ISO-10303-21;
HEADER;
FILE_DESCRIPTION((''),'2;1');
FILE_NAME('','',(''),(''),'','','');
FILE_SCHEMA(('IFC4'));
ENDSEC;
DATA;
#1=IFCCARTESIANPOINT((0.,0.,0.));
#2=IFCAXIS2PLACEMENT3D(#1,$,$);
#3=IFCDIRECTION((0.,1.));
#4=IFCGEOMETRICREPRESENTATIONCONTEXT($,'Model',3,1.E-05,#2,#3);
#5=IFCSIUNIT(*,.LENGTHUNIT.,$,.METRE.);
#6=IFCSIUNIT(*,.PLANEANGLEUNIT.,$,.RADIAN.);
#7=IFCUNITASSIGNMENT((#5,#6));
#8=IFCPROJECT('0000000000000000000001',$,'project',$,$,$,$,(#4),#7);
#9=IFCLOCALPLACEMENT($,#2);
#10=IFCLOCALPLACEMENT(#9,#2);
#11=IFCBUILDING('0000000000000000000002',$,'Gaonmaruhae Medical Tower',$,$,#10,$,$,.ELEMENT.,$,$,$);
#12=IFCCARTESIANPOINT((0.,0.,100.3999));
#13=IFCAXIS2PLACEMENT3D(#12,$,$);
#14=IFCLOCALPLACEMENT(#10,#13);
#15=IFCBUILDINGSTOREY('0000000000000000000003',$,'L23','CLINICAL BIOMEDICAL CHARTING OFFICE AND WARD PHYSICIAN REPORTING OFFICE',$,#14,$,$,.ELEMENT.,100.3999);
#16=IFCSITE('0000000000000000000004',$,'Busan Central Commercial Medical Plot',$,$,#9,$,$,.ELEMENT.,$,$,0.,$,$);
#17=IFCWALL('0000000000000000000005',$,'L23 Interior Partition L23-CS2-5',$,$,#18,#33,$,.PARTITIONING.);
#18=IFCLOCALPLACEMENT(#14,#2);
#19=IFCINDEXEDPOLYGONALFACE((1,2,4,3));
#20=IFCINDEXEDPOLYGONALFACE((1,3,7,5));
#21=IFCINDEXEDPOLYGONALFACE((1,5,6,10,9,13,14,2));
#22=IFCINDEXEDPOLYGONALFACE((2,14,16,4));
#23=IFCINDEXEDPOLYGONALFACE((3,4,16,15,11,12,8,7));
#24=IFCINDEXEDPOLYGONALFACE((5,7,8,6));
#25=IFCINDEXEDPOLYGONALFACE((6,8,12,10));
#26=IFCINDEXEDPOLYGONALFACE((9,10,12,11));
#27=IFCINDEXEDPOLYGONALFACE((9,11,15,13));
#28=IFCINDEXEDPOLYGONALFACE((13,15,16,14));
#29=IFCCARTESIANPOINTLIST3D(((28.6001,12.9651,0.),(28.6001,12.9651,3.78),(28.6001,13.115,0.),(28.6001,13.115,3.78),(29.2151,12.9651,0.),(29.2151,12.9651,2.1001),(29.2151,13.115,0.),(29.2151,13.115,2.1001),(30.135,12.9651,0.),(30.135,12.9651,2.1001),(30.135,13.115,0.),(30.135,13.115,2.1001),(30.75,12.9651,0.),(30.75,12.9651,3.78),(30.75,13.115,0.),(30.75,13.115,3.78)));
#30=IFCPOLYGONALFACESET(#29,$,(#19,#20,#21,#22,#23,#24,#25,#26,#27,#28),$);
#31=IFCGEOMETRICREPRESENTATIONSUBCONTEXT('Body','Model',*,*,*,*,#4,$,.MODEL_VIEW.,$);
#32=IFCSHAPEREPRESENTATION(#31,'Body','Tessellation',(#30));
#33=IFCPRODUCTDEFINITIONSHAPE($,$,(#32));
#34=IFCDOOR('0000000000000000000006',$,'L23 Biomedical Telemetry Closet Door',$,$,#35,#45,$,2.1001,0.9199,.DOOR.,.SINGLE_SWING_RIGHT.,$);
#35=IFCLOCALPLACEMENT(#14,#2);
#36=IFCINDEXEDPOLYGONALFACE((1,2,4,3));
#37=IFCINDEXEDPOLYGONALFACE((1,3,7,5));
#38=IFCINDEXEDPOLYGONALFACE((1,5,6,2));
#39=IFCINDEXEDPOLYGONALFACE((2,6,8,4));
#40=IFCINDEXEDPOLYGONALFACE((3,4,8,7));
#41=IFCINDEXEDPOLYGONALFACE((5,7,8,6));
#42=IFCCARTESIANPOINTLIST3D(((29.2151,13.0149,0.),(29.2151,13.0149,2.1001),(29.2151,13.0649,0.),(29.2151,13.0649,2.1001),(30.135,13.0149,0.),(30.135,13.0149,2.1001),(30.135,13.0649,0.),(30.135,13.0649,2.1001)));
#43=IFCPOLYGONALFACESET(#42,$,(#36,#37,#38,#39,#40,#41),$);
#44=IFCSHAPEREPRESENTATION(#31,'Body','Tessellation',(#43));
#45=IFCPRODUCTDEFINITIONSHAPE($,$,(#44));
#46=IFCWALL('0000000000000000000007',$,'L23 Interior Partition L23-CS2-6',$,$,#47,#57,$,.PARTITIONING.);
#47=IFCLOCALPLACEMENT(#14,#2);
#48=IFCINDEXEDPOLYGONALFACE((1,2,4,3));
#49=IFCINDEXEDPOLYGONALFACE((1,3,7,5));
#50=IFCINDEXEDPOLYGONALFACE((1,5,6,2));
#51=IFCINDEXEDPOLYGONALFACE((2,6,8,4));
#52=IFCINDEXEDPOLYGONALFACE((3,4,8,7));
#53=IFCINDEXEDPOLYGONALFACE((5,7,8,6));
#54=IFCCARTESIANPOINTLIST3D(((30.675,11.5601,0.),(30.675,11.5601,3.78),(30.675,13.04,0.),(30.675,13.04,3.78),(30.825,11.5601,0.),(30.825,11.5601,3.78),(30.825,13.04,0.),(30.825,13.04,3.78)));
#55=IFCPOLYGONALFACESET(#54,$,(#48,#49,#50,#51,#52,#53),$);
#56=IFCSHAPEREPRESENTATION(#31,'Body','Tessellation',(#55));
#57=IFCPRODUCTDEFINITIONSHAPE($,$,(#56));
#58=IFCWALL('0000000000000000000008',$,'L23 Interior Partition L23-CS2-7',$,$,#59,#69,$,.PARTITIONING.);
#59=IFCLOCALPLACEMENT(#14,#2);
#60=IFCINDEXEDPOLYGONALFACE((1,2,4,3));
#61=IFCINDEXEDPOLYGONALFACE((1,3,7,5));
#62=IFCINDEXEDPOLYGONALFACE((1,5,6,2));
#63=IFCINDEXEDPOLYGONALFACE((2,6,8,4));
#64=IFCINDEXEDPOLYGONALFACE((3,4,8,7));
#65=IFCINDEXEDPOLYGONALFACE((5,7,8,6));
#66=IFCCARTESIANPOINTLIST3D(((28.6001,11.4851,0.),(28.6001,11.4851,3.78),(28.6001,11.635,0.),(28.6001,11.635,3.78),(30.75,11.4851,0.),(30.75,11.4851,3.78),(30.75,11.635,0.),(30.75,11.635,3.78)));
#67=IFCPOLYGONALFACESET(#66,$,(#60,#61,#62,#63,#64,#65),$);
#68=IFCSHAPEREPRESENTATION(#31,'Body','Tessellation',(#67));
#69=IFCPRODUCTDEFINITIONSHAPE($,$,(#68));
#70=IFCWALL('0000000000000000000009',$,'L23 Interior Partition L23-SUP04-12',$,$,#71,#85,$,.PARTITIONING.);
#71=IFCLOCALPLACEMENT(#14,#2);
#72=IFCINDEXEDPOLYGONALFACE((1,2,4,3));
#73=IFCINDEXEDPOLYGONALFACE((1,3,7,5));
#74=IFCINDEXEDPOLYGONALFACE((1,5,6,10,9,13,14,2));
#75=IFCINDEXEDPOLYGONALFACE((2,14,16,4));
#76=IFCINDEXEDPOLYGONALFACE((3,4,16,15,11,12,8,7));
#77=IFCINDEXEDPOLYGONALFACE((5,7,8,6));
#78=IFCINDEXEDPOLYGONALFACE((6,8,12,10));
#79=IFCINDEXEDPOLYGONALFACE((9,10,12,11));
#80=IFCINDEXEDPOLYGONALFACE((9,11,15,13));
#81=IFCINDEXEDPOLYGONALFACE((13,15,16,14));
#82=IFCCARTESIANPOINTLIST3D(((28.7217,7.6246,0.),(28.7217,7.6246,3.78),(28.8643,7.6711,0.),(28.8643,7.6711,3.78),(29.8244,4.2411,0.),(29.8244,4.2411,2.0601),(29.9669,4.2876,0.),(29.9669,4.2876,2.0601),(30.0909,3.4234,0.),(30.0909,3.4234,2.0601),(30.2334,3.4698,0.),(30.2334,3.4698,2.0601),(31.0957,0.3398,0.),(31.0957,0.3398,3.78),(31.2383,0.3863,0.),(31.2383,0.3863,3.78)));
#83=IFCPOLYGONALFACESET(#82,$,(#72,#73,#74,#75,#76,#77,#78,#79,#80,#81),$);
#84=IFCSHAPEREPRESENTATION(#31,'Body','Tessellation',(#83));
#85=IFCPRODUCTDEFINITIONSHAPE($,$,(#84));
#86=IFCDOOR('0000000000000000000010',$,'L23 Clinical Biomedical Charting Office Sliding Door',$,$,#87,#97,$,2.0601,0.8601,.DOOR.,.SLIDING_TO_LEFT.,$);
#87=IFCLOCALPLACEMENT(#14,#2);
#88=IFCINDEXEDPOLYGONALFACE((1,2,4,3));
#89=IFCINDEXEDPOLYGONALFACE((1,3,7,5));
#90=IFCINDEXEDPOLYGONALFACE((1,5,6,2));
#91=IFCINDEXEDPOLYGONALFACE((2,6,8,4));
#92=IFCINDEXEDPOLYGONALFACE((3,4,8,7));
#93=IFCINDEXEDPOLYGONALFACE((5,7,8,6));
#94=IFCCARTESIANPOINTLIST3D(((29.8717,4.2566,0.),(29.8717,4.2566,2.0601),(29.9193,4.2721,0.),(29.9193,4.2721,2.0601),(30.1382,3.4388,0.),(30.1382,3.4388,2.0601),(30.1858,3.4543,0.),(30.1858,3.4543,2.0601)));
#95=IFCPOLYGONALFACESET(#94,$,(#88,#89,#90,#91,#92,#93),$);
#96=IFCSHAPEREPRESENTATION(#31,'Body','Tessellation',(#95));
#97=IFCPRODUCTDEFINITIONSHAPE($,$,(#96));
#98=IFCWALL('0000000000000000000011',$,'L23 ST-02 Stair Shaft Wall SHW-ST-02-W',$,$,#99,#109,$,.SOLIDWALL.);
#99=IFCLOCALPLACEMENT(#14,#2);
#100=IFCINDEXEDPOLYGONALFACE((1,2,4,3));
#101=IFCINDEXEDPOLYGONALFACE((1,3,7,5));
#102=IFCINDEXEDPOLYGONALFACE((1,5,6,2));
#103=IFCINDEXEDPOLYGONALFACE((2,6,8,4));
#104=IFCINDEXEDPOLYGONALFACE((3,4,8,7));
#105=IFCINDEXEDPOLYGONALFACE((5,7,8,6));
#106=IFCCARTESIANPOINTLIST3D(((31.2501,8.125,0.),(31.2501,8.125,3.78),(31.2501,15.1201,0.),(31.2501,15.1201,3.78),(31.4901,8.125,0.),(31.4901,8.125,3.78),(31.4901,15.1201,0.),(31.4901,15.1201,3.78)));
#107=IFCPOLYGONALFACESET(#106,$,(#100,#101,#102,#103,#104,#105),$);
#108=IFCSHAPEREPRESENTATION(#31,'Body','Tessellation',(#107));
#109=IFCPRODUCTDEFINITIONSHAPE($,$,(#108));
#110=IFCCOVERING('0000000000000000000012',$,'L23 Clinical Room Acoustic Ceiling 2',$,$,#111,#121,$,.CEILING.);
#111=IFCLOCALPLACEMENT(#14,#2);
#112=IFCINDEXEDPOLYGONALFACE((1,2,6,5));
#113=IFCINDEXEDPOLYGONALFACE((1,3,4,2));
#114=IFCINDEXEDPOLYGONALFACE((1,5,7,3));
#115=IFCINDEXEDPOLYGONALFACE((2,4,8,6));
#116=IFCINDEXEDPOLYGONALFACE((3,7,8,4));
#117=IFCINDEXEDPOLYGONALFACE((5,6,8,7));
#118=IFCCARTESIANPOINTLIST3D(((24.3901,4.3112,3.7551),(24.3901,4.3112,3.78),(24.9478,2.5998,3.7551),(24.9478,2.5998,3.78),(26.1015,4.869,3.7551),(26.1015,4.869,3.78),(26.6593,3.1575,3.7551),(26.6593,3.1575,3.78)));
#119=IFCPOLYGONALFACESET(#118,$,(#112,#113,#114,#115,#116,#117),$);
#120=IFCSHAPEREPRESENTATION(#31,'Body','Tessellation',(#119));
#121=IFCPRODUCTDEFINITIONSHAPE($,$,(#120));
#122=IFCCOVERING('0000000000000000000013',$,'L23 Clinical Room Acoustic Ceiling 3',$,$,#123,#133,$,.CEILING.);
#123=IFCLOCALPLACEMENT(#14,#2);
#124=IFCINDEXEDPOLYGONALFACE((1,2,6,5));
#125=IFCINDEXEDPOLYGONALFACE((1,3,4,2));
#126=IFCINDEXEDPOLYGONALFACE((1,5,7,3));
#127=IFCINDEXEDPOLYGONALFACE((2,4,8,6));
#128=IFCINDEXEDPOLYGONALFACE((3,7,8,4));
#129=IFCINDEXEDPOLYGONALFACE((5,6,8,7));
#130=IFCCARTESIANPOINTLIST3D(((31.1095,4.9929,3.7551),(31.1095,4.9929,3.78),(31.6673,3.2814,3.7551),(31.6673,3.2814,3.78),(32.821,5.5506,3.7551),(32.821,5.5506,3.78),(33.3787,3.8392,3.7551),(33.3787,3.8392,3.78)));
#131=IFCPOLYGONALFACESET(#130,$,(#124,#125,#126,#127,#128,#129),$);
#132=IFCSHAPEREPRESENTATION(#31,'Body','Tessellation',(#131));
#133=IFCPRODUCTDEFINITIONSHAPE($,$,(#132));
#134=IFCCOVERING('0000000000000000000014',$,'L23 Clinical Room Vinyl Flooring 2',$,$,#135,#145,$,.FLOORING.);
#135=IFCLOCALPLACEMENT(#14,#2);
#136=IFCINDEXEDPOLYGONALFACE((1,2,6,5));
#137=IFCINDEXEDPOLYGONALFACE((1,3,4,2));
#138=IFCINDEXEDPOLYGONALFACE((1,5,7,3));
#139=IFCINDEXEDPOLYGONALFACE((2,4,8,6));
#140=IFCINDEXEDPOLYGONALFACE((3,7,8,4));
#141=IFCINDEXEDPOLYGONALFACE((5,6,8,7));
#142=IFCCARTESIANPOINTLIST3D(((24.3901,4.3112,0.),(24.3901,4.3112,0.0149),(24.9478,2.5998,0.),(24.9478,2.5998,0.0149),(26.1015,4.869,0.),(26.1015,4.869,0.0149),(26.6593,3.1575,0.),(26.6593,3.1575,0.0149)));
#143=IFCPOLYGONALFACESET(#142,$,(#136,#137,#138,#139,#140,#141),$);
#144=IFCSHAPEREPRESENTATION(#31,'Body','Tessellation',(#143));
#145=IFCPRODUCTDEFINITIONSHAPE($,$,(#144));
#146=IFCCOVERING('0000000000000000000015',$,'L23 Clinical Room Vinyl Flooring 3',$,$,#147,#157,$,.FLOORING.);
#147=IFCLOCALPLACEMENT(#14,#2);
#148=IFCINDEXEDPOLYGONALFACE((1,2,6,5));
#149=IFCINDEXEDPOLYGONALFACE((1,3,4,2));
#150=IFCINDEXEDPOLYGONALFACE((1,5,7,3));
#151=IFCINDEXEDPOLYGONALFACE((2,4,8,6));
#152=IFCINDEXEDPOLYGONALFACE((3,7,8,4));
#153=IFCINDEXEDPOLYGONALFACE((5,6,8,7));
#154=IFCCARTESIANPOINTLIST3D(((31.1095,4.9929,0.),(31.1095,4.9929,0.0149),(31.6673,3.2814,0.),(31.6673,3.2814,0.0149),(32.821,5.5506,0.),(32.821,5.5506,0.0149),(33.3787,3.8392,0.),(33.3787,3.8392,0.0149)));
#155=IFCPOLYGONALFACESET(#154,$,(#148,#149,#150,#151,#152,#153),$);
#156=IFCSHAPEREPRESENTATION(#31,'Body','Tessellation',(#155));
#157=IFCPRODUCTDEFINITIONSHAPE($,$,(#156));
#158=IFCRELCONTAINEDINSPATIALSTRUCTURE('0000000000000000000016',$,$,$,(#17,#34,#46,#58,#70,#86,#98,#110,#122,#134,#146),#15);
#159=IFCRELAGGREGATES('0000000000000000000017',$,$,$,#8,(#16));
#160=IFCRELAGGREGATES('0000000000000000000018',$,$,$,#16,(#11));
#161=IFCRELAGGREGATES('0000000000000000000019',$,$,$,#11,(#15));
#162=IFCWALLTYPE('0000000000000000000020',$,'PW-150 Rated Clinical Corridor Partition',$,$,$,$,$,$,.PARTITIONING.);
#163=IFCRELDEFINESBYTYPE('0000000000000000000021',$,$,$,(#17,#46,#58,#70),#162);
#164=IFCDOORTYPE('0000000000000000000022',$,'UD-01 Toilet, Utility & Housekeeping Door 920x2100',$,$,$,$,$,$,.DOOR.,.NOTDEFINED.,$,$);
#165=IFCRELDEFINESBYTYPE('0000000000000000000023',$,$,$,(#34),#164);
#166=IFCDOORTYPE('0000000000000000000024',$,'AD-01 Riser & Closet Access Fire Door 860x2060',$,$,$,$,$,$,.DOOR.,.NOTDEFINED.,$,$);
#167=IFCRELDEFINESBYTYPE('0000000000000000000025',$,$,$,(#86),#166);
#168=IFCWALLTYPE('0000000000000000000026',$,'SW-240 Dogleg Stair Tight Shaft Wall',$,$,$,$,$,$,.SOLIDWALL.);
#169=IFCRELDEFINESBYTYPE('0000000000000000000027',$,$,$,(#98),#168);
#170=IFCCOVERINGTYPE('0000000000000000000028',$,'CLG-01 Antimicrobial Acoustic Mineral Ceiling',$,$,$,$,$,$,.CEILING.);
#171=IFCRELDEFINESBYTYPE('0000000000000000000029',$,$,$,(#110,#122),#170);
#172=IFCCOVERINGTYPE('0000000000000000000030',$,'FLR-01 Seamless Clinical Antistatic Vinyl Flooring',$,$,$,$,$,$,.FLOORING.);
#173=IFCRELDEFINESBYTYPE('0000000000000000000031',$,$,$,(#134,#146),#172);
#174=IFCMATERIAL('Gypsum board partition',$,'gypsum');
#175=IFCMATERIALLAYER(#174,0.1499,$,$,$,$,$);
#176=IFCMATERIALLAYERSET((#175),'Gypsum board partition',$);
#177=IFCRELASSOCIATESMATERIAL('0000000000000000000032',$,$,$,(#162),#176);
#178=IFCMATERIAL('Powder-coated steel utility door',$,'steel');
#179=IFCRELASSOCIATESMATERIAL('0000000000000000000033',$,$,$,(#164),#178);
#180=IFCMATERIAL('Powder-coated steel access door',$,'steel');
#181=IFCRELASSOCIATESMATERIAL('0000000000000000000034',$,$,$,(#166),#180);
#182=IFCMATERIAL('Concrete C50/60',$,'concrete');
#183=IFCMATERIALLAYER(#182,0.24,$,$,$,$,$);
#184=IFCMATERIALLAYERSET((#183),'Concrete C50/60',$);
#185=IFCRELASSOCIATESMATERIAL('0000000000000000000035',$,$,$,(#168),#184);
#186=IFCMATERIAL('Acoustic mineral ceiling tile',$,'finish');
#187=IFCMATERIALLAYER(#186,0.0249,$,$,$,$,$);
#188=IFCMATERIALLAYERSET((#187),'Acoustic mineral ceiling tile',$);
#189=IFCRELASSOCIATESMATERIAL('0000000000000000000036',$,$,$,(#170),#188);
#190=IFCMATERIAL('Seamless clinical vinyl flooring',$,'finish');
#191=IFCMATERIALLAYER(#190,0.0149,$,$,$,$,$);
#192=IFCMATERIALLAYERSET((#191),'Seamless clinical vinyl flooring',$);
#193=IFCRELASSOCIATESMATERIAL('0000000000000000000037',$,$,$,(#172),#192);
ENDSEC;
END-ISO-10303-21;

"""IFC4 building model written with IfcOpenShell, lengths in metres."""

from ifc_helpers import new_model, si_unit, direction, frame, frame_2d, origin, origin_2d, place, context, subcontext, project, spatial, rectangle, extrude, material, layer, layer_set, type_object, element, fill, save


model = new_model("IFC4")

# Units and contexts
model_context = context("Model", 3, precision=1e-05, world=origin(), true_north=direction((0.0, 1.0)))
body_context = subcontext(model_context, "Body", "Model", "MODEL_VIEW")
ifc_project = project(units=[si_unit("LENGTHUNIT", "METRE"), si_unit("PLANEANGLEUNIT", "RADIAN")], contexts=[model_context])

# Site, building, storey
site_placement = place(None, origin())
site = spatial("IfcSite", under=ifc_project, at=site_placement, Name="Busan Central Commercial Medical Plot", CompositionType="ELEMENT", RefElevation=0.0)
building_placement = place(site_placement, origin())
building = spatial("IfcBuilding", under=site, at=building_placement, Name="Gaonmaruhae Medical Tower", CompositionType="ELEMENT")
storey_placement = place(building_placement, frame((0.0, 0.0, 100.3999)))
storey = spatial("IfcBuildingStorey", under=building, at=storey_placement, Name="L23", Description="CLINICAL BIOMEDICAL CHARTING OFFICE AND WARD PHYSICIAN REPORTING OFFICE", CompositionType="ELEMENT", Elevation=100.3999)

# Shared definitions
ifc_material_1 = material(Name="Gypsum board partition", Category="gypsum")
ifc_layer_1 = layer(ifc_material_1, 0.1499)
ifc_layer_set_1 = layer_set([ifc_layer_1], Name="Gypsum board partition")
wall_type_1 = type_object("IfcWallType", Name="PW-150 Rated Clinical Corridor Partition", PredefinedType="PARTITIONING", material=ifc_layer_set_1)

# Shared definitions
ifc_material_2 = material(Name="Powder-coated steel utility door", Category="steel")
door_type_1 = type_object("IfcDoorType", Name="UD-01 Toilet, Utility & Housekeeping Door 920x2100", OperationType="NOTDEFINED", PredefinedType="DOOR", material=ifc_material_2)

# Wall, opening, door
wall_1_placement = place(storey_placement, frame((28.6001, 13.04, 0.0), z_axis=(0.0, 0.0, 1.0), x_axis=(1.0, 0.0, 0.0)))
wall_1 = element("IfcWall", 1, at=wall_1_placement, inside=storey, type_object=wall_type_1, Name="L23 Interior Partition L23-CS2-5", PredefinedType="PARTITIONING", context=body_context, shape_type="SweptSolid", body=[
    extrude(rectangle(XDim=2.1499, YDim=0.1499, at=frame_2d((1.075, 0.0))), origin(), (0.0, 0.0, 1.0), 3.78),
])
opening_1_placement = place(wall_1_placement, frame((0.615, 0.0, 0.0)))
opening_1 = element("IfcOpeningElement", 2, at=opening_1_placement, cuts=wall_1, PredefinedType="OPENING", context=body_context, shape_type="SweptSolid", body=[
    extrude(rectangle(XDim=0.9199, YDim=2.1001, at=frame_2d((0.46, 1.05))), frame((0.0, 0.085, 0.0), z_axis=(0.0, -1.0, 0.0), x_axis=(1.0, 0.0, 0.0)), (0.0, 0.0, 1.0), 0.1699),
])
door_1_placement = place(opening_1_placement, origin())
door_1 = element("IfcDoor", 3, at=door_1_placement, inside=storey, type_object=door_type_1, Name="L23 Biomedical Telemetry Closet Door", OperationType="SINGLE_SWING_RIGHT", OverallHeight=2.1001, OverallWidth=0.9199, PredefinedType="DOOR", context=body_context, shape_type="SweptSolid", body=[
    extrude(rectangle(XDim=0.9199, YDim=2.1001, at=frame_2d((0.46, 1.05))), frame((0.0, 0.0249, 0.0), z_axis=(0.0, -1.0, 0.0), x_axis=(1.0, 0.0, 0.0)), (0.0, 0.0, 1.0), 0.05),
])
fill(opening_1, door_1)

# Walls
wall_2_placement = place(storey_placement, frame((30.75, 13.04, 0.0), z_axis=(0.0, 0.0, 1.0), x_axis=(0.0, -1.0, 0.0)))
element("IfcWall", 4, at=wall_2_placement, inside=storey, type_object=wall_type_1, Name="L23 Interior Partition L23-CS2-6", PredefinedType="PARTITIONING", context=body_context, shape_type="SweptSolid", body=[
    extrude(rectangle(XDim=1.48, YDim=0.1499, at=frame_2d((0.74, 0.0))), origin(), (0.0, 0.0, 1.0), 3.78),
])
wall_3_placement = place(storey_placement, frame((30.75, 11.5601, 0.0), z_axis=(0.0, 0.0, 1.0), x_axis=(-1.0, 0.0, 0.0)))
element("IfcWall", 5, at=wall_3_placement, inside=storey, type_object=wall_type_1, Name="L23 Interior Partition L23-CS2-7", PredefinedType="PARTITIONING", context=body_context, shape_type="SweptSolid", body=[
    extrude(rectangle(XDim=2.1499, YDim=0.1499, at=frame_2d((1.075, 0.0))), origin(), (0.0, 0.0, 1.0), 3.78),
])

# Wall, opening, door
wall_4_placement = place(storey_placement, frame((28.793, 7.6479, 0.0), z_axis=(0.0, 0.0, 1.0), x_axis=(0.309845, -0.950787, 0.0)))
wall_4 = element("IfcWall", 6, at=wall_4_placement, inside=storey, type_object=wall_type_1, Name="L23 Interior Partition L23-SUP04-12", PredefinedType="PARTITIONING", context=body_context, shape_type="SweptSolid", body=[
    extrude(rectangle(XDim=7.6619, YDim=0.1499, at=frame_2d((3.8311, 0.0))), origin(), (0.0, 0.0, 1.0), 3.78),
])
opening_2_placement = place(wall_4_placement, frame((3.5586, 0.0, 0.0)))
opening_2 = element("IfcOpeningElement", 7, at=opening_2_placement, cuts=wall_4, PredefinedType="OPENING", context=body_context, shape_type="SweptSolid", body=[
    extrude(rectangle(XDim=0.8601, YDim=2.0601, at=frame_2d((0.4302, 1.03))), frame((0.0, 0.085, 0.0), z_axis=(0.0, -1.0, 0.0), x_axis=(1.0, 0.0, 0.0)), (0.0, 0.0, 1.0), 0.1699),
])
ifc_material_3 = material(Name="Powder-coated steel access door", Category="steel")
door_type_2 = type_object("IfcDoorType", Name="AD-01 Riser & Closet Access Fire Door 860x2060", OperationType="NOTDEFINED", PredefinedType="DOOR", material=ifc_material_3)
door_2_placement = place(opening_2_placement, origin())
door_2 = element("IfcDoor", 8, at=door_2_placement, inside=storey, type_object=door_type_2, Name="L23 Clinical Biomedical Charting Office Sliding Door", OperationType="SLIDING_TO_LEFT", OverallHeight=2.0601, OverallWidth=0.8601, PredefinedType="DOOR", context=body_context, shape_type="SweptSolid", body=[
    extrude(rectangle(XDim=0.8601, YDim=2.0601, at=frame_2d((0.4302, 1.03))), frame((0.0, 0.0249, 0.0), z_axis=(0.0, -1.0, 0.0), x_axis=(1.0, 0.0, 0.0)), (0.0, 0.0, 1.0), 0.05),
])
fill(opening_2, door_2)

# Wall
ifc_material_4 = material(Name="Concrete C50/60", Category="concrete")
ifc_layer_2 = layer(ifc_material_4, 0.24)
ifc_layer_set_2 = layer_set([ifc_layer_2], Name="Concrete C50/60")
wall_type_2 = type_object("IfcWallType", Name="SW-240 Dogleg Stair Tight Shaft Wall", PredefinedType="SOLIDWALL", material=ifc_layer_set_2)
wall_5_placement = place(storey_placement, frame((31.3701, 8.125, 0.0), z_axis=(0.0, 0.0, 1.0), x_axis=(0.0, 1.0, 0.0)))
element("IfcWall", 9, at=wall_5_placement, inside=storey, type_object=wall_type_2, Name="L23 ST-02 Stair Shaft Wall SHW-ST-02-W", PredefinedType="SOLIDWALL", context=body_context, shape_type="SweptSolid", body=[
    extrude(rectangle(XDim=6.9951, YDim=0.24, at=frame_2d((3.4976, 0.0))), origin(), (0.0, 0.0, 1.0), 3.78),
])

# Coverings
ifc_material_5 = material(Name="Acoustic mineral ceiling tile", Category="finish")
ifc_layer_3 = layer(ifc_material_5, 0.0249)
ifc_layer_set_3 = layer_set([ifc_layer_3], Name="Acoustic mineral ceiling tile")
covering_type_1 = type_object("IfcCoveringType", Name="CLG-01 Antimicrobial Acoustic Mineral Ceiling", PredefinedType="CEILING", material=ifc_layer_set_3)
for number, where, z_axis, x_axis, name in (
    (10, (25.5247, 3.7344, 3.7551), (0.0, 0.0, 1.0), (0.950786, 0.309847, 0.0), "L23 Clinical Room Acoustic Ceiling 2"),
    (11, (32.2441, 4.416, 3.7551), (0.0, 0.0, 1.0), (0.950786, 0.309847, 0.0), "L23 Clinical Room Acoustic Ceiling 3"),
):
    element("IfcCovering", number, at=place(storey_placement, frame(where, z_axis=z_axis, x_axis=x_axis)), inside=storey, type_object=covering_type_1, Name=name, PredefinedType="CEILING", context=body_context, shape_type="SweptSolid", body=[
        extrude(rectangle(XDim=1.8, YDim=1.8, at=origin_2d()), origin(), (0.0, 0.0, 1.0), 0.0249),
    ])
ifc_material_6 = material(Name="Seamless clinical vinyl flooring", Category="finish")
ifc_layer_4 = layer(ifc_material_6, 0.0149)
ifc_layer_set_4 = layer_set([ifc_layer_4], Name="Seamless clinical vinyl flooring")
covering_type_2 = type_object("IfcCoveringType", Name="FLR-01 Seamless Clinical Antistatic Vinyl Flooring", PredefinedType="FLOORING", material=ifc_layer_set_4)
for number, where, z_axis, x_axis, name in (
    (12, (25.5247, 3.7344, 0.0), (0.0, 0.0, 1.0), (0.950786, 0.309847, 0.0), "L23 Clinical Room Vinyl Flooring 2"),
    (13, (32.2441, 4.416, 0.0), (0.0, 0.0, 1.0), (0.950786, 0.309847, 0.0), "L23 Clinical Room Vinyl Flooring 3"),
):
    element("IfcCovering", number, at=place(storey_placement, frame(where, z_axis=z_axis, x_axis=x_axis)), inside=storey, type_object=covering_type_2, Name=name, PredefinedType="FLOORING", context=body_context, shape_type="SweptSolid", body=[
        extrude(rectangle(XDim=1.8, YDim=1.8, at=origin_2d()), origin(), (0.0, 0.0, 1.0), 0.0149),
    ])

save(model, "model.ifc")
